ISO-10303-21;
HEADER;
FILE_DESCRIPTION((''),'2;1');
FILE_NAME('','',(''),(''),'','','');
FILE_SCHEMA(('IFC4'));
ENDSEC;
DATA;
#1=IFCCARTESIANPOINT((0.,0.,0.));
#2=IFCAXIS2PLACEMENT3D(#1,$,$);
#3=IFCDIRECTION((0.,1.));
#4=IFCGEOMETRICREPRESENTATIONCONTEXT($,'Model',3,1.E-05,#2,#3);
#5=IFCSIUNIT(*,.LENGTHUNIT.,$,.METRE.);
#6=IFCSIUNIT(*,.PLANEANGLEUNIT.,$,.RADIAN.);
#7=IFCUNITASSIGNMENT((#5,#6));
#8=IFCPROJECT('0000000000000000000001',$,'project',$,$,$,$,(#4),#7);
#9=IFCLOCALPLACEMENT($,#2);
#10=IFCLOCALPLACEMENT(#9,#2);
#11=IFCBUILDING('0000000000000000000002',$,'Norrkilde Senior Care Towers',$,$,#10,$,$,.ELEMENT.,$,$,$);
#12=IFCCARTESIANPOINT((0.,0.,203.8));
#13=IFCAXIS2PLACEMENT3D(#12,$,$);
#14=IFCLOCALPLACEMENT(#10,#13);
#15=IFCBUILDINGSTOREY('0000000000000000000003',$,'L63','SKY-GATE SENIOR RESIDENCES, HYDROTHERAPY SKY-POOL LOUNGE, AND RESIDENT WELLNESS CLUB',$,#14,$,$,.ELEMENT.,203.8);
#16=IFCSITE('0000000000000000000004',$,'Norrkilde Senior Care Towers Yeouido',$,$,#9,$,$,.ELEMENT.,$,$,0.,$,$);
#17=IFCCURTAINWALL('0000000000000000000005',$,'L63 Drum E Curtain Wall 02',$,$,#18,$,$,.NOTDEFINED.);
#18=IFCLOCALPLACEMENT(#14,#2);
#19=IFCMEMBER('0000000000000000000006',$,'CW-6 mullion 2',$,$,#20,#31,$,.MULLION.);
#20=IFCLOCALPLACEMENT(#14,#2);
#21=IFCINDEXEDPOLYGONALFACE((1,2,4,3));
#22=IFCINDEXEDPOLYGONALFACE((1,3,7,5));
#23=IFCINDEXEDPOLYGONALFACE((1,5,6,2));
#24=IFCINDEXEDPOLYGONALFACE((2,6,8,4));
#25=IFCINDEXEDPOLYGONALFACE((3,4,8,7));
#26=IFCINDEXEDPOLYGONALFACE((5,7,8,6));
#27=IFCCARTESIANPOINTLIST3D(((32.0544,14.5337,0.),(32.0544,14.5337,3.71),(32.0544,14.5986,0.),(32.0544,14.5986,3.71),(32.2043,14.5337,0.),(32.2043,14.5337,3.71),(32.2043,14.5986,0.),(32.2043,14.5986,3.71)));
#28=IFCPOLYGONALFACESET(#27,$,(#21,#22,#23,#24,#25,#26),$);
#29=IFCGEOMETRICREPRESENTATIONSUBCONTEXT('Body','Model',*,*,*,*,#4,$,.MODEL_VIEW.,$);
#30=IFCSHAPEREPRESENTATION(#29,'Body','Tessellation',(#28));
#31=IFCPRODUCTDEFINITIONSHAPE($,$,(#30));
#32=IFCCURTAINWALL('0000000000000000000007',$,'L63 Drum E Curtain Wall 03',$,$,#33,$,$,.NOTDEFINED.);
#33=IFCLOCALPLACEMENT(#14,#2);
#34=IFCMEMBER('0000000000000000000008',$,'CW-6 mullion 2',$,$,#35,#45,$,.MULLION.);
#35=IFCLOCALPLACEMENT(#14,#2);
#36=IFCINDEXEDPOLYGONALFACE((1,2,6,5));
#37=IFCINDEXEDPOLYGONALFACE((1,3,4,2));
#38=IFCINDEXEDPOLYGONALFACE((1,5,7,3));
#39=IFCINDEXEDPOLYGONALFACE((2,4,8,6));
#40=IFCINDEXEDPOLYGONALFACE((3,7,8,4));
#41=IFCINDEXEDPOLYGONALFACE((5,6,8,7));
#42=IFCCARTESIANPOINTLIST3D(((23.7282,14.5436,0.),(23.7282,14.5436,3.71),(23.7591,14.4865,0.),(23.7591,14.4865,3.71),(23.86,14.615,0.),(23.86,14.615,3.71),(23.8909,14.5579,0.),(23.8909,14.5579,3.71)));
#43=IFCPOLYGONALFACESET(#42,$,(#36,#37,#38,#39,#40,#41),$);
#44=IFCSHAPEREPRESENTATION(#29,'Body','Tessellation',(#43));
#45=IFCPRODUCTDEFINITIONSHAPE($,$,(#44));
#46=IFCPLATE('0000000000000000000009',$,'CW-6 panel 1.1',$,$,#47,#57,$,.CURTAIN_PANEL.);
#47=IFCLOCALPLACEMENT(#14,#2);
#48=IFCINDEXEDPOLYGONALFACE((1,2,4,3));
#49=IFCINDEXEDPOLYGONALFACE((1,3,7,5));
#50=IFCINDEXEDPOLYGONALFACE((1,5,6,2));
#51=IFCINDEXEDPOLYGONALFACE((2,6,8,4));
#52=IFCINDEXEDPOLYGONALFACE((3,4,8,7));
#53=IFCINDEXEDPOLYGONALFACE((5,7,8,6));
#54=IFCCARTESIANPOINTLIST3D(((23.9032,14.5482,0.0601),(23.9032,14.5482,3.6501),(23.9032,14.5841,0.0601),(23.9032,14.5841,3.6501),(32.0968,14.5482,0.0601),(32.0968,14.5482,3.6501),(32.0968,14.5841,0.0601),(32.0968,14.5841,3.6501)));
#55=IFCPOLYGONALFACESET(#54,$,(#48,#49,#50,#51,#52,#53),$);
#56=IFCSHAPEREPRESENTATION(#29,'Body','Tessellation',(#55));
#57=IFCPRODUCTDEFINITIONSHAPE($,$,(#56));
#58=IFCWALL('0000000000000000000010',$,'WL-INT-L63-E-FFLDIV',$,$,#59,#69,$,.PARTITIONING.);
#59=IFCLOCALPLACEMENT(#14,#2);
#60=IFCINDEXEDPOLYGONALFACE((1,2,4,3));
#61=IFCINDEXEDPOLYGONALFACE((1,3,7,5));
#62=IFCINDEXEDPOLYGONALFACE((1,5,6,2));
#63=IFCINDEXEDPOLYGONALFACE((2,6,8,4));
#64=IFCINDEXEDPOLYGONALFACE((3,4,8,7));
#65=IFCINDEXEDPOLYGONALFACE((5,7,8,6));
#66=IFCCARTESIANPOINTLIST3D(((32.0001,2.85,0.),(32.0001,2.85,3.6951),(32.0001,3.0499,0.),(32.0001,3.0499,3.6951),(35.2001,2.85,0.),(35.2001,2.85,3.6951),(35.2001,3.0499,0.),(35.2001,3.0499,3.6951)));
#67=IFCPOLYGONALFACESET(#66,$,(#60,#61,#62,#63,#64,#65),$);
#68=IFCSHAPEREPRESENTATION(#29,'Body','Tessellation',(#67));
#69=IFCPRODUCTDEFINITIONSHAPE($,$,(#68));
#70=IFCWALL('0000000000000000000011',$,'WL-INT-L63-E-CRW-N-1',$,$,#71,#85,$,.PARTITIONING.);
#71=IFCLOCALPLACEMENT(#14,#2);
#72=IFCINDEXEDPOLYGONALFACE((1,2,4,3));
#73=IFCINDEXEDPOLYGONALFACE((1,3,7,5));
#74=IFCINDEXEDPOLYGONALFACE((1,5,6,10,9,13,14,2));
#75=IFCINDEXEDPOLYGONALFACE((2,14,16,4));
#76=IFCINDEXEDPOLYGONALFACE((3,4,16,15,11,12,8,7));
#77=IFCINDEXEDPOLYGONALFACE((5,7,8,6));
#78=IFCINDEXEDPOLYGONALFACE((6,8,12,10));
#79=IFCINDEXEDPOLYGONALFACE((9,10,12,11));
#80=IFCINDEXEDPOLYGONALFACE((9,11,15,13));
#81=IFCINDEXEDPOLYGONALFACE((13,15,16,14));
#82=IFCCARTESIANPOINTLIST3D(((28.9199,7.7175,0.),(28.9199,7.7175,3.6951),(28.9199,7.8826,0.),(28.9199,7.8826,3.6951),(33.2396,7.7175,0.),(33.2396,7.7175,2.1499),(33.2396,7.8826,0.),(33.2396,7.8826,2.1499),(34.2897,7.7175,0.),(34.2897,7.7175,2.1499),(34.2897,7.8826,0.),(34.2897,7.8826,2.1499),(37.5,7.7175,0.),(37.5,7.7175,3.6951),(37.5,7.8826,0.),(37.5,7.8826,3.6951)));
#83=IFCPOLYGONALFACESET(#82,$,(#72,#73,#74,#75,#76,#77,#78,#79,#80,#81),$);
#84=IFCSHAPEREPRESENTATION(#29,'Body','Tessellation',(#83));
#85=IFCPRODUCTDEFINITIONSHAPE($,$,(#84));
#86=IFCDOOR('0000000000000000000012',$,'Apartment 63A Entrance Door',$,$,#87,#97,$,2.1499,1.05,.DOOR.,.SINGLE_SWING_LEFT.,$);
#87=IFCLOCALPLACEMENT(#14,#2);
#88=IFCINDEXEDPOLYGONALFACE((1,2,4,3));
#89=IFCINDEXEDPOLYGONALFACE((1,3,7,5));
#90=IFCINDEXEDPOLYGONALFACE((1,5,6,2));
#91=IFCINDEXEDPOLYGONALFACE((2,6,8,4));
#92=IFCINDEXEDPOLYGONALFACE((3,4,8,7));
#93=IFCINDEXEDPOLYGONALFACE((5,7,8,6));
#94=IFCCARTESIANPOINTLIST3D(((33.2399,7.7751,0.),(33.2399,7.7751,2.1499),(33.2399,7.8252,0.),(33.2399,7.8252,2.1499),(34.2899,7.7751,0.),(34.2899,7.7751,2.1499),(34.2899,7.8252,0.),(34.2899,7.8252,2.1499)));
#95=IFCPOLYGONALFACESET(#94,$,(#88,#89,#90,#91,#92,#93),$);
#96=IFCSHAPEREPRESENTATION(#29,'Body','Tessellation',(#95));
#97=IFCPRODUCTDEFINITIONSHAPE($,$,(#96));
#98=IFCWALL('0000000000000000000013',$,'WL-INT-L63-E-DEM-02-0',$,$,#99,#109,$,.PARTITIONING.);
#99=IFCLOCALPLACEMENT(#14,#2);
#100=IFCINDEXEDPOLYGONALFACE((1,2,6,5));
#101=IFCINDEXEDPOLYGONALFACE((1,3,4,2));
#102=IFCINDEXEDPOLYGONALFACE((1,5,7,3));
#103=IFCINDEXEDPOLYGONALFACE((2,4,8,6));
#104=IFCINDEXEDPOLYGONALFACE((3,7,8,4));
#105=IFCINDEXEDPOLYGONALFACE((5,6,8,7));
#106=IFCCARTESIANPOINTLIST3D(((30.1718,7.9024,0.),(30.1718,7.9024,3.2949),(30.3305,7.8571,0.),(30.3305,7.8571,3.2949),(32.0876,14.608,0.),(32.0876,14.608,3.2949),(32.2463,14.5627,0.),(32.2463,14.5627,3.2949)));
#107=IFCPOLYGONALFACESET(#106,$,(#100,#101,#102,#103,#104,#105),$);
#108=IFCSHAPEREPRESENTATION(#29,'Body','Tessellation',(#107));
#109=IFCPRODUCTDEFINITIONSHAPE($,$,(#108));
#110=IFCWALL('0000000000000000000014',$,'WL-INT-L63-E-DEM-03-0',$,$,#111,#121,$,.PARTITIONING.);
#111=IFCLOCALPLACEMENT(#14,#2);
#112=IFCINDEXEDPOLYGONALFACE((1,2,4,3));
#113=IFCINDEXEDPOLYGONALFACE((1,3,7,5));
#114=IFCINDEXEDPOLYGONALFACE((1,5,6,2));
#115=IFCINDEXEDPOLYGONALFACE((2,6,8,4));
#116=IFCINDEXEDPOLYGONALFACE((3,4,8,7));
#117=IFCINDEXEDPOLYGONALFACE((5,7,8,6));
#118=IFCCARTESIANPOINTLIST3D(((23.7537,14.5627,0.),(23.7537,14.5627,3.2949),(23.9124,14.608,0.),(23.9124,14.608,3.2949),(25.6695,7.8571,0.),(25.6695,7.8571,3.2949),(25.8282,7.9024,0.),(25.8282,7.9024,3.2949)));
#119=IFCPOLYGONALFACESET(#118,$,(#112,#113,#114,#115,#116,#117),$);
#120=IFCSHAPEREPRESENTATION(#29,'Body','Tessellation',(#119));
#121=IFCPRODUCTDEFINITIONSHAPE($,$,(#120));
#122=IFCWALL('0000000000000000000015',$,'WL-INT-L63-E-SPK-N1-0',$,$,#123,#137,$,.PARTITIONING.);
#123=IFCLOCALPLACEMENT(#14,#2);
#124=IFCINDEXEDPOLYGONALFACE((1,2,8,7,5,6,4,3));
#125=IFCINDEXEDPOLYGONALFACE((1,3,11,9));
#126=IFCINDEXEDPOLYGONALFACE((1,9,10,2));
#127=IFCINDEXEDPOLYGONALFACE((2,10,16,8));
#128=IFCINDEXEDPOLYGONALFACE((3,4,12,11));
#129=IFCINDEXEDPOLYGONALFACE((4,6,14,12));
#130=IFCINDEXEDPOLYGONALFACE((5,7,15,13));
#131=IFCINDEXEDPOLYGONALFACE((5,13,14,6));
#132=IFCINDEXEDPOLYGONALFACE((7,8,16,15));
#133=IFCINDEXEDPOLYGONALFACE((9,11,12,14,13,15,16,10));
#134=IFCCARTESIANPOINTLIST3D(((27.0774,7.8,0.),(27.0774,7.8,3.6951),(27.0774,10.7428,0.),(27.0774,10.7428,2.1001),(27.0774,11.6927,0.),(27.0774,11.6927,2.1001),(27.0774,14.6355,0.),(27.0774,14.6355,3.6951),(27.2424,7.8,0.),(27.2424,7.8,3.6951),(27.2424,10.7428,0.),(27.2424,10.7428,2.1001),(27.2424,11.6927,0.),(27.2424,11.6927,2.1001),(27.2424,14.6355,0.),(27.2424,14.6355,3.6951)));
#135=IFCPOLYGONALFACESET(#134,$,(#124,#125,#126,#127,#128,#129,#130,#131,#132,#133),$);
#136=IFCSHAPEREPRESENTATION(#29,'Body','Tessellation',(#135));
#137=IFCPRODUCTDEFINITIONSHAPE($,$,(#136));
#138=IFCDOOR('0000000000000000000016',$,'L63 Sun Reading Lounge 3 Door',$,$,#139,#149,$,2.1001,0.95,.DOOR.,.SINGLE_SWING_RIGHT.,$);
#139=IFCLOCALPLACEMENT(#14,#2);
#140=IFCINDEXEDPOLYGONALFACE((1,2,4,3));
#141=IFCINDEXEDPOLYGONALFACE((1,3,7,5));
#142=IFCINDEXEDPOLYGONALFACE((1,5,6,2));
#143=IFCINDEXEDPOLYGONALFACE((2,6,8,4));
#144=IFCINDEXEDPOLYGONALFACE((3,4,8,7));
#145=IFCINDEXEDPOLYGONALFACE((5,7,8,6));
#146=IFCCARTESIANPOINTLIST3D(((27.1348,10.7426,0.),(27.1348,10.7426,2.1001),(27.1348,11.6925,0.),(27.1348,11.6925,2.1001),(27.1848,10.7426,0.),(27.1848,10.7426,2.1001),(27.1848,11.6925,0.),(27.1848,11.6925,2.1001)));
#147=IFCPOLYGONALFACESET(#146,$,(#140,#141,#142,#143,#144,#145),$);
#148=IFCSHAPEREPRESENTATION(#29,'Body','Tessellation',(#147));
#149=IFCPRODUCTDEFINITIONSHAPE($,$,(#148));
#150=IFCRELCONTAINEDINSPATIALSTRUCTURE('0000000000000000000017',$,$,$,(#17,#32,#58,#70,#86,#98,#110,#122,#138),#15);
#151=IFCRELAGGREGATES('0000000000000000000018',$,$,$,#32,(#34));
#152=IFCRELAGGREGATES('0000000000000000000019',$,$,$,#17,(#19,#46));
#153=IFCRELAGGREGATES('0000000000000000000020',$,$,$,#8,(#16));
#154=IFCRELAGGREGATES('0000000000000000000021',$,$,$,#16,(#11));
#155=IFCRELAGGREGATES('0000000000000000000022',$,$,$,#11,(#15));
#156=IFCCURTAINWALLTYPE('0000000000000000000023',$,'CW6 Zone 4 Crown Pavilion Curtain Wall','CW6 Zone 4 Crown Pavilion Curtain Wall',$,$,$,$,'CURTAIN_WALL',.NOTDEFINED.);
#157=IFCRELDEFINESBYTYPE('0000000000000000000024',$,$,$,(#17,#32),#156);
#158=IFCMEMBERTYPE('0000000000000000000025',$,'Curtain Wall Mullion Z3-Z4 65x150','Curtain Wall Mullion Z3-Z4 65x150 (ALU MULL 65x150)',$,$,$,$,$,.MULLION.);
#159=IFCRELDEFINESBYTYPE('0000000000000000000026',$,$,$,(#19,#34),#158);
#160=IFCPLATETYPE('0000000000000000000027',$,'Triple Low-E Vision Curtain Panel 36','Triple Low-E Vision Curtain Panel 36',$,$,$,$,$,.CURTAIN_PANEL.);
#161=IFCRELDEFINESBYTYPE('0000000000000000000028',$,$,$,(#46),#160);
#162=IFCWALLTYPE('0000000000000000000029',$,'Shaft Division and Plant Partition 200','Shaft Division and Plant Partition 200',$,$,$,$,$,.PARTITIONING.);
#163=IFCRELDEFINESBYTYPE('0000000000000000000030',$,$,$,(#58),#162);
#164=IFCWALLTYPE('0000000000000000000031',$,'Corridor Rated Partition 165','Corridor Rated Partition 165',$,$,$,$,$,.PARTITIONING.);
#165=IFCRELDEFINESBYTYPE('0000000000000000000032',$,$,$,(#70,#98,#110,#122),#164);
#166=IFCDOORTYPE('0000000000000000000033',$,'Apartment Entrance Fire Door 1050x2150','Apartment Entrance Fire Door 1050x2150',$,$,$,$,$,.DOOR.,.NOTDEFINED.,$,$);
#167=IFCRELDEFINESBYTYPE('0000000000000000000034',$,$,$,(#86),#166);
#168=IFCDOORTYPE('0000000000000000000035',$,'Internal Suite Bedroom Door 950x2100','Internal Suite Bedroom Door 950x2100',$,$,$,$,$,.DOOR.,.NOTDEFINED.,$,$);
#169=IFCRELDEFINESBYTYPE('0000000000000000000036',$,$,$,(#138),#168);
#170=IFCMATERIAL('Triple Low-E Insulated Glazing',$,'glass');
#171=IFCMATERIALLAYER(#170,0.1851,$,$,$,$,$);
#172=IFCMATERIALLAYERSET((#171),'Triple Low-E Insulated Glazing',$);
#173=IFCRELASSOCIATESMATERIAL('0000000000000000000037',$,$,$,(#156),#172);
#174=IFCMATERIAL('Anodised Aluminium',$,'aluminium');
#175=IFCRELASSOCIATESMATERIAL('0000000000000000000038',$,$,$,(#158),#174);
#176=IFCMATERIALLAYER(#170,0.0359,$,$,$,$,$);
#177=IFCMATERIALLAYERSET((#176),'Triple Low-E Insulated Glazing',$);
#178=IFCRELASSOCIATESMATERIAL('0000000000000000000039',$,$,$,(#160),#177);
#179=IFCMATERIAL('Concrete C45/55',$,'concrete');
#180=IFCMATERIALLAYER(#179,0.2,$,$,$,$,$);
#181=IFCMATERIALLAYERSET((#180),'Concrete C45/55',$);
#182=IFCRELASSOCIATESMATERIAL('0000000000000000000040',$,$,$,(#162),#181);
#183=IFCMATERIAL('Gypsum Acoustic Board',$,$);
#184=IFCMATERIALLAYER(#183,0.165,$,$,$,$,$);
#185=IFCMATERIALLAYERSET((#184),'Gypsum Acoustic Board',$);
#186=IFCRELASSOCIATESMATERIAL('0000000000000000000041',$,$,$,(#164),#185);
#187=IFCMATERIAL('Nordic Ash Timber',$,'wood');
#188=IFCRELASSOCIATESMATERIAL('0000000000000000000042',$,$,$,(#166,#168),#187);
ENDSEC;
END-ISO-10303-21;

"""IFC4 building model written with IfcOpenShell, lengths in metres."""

from ifc_helpers import new_model, si_unit, direction, frame, frame_2d, origin, origin_2d, place, context, subcontext, project, spatial, rectangle, extrude, source, transform, mapped, material, layer, layer_set, material_profile, profile_set, type_object, type_shapes, element, fill, aggregate, save


model = new_model("IFC4")

# Units and contexts
model_context = context("Model", 3, precision=1e-05, world=origin(), true_north=direction((0.0, 1.0)))
body_context = subcontext(model_context, "Body", "Model", "MODEL_VIEW")
ifc_project = project(units=[si_unit("LENGTHUNIT", "METRE"), si_unit("PLANEANGLEUNIT", "RADIAN")], contexts=[model_context])

# Site, building, storey
site_placement = place(None, origin())
site = spatial("IfcSite", under=ifc_project, at=site_placement, Name="Norrkilde Senior Care Towers Yeouido", CompositionType="ELEMENT", RefElevation=0.0)
building_placement = place(site_placement, origin())
building = spatial("IfcBuilding", under=site, at=building_placement, Name="Norrkilde Senior Care Towers", CompositionType="ELEMENT")
storey_placement = place(building_placement, frame((0.0, 0.0, 203.8)))
storey = spatial("IfcBuildingStorey", under=building, at=storey_placement, Name="L63", Description="SKY-GATE SENIOR RESIDENCES, HYDROTHERAPY SKY-POOL LOUNGE, AND RESIDENT WELLNESS CLUB", CompositionType="ELEMENT", Elevation=203.8)

# Curtain wall, member
ifc_material_1 = material(Name="Triple Low-E Insulated Glazing", Category="glass")
ifc_layer_1 = layer(ifc_material_1, 0.1851)
ifc_layer_set_1 = layer_set([ifc_layer_1], Name="Triple Low-E Insulated Glazing")
curtain_wall_type = type_object("IfcCurtainWallType", Name="CW6 Zone 4 Crown Pavilion Curtain Wall", Description="CW6 Zone 4 Crown Pavilion Curtain Wall", ElementType="CURTAIN_WALL", PredefinedType="NOTDEFINED", material=ifc_layer_set_1)
curtain_wall_1_placement = place(storey_placement, origin())
curtain_wall_1 = element("IfcCurtainWall", 1, at=curtain_wall_1_placement, inside=storey, type_object=curtain_wall_type, Name="L63 Drum E Curtain Wall 02", PredefinedType="NOTDEFINED")
ifc_material_2 = material(Name="Anodised Aluminium", Category="aluminium")
ifc_material_profile_1 = material_profile(ifc_material_2, rectangle(XDim=0.0649, YDim=0.1499, at=origin_2d()), Name="ALU MULL 65x150")
ifc_profile_set_1 = profile_set([ifc_material_profile_1], Name="Anodised Aluminium")
member_type_1 = type_object("IfcMemberType", Name="Curtain Wall Mullion Z3-Z4 65x150", Description="Curtain Wall Mullion Z3-Z4 65x150 (ALU MULL 65x150)", PredefinedType="MULLION", material=ifc_profile_set_1)
shared_shape_1 = source(origin(), body_context, "Body", "SweptSolid", [
    extrude(rectangle(XDim=0.0649, YDim=0.1499, at=origin_2d()), origin(), (0.0, 0.0, 1.0), 3.71),
])
type_shapes(member_type_1, [shared_shape_1])
member_1_placement = place(storey_placement, frame((32.1294, 14.5662, 0.0), z_axis=(0.0, 0.0, 1.0), x_axis=(0.0, 1.0, 0.0)))
member_1 = element("IfcMember", 2, at=member_1_placement, type_object=member_type_1, Name="CW-6 mullion 2", PredefinedType="MULLION", context=body_context, shape_type="MappedRepresentation", body=[
    mapped(shared_shape_1, transform((0.0, 0.0, 0.0), x_axis=(1.0, 0.0, 0.0), y_axis=(0.0, 1.0, 0.0), z_axis=(0.0, 0.0, 1.0), scale=1.0)),
])

# Curtain wall, member
curtain_wall_2_placement = place(storey_placement, origin())
curtain_wall_2 = element("IfcCurtainWall", 3, at=curtain_wall_2_placement, inside=storey, type_object=curtain_wall_type, Name="L63 Drum E Curtain Wall 03", PredefinedType="NOTDEFINED")
member_2_placement = place(storey_placement, frame((23.8096, 14.5508, 0.0), z_axis=(0.0, 0.0, 1.0), x_axis=(-0.476133, 0.879373, 0.0)))
member_2 = element("IfcMember", 4, at=member_2_placement, type_object=member_type_1, Name="CW-6 mullion 2", PredefinedType="MULLION", context=body_context, shape_type="MappedRepresentation", body=[
    mapped(shared_shape_1, transform((0.0, 0.0, 0.0), x_axis=(1.0, 0.0, 0.0), y_axis=(0.0, 1.0, 0.0), z_axis=(0.0, 0.0, 1.0), scale=1.0)),
])
aggregate(curtain_wall_2, [member_2])

# Plate
ifc_layer_2 = layer(ifc_material_1, 0.0359)
ifc_layer_set_2 = layer_set([ifc_layer_2], Name="Triple Low-E Insulated Glazing")
plate_type = type_object("IfcPlateType", Name="Triple Low-E Vision Curtain Panel 36", Description="Triple Low-E Vision Curtain Panel 36", PredefinedType="CURTAIN_PANEL", material=ifc_layer_set_2)
shared_shape_2 = source(origin(), body_context, "Body", "SweptSolid", [
    extrude(rectangle(XDim=8.1936, YDim=0.0359, at=origin_2d()), origin(), (0.0, 0.0, 1.0), 3.5901),
])
type_shapes(plate_type, [shared_shape_2])
plate_placement = place(storey_placement, frame((28.0, 14.5662, 0.0601), z_axis=(0.0, 0.0, 1.0), x_axis=(1.0, 0.0, 0.0)))
plate = element("IfcPlate", 5, at=plate_placement, type_object=plate_type, Name="CW-6 panel 1.1", PredefinedType="CURTAIN_PANEL", context=body_context, shape_type="MappedRepresentation", body=[
    mapped(shared_shape_2, transform((0.0, 0.0, 0.0), x_axis=(1.0, 0.0, 0.0), y_axis=(0.0, 1.0, 0.0), z_axis=(0.0, 0.0, 1.0), scale=1.0)),
])
aggregate(curtain_wall_1, [member_1, plate])

# Shared definitions
ifc_material_3 = material(Name="Concrete C45/55", Category="concrete")

# Wall
ifc_layer_3 = layer(ifc_material_3, 0.2)
ifc_layer_set_3 = layer_set([ifc_layer_3], Name="Concrete C45/55")
wall_type_1 = type_object("IfcWallType", Name="Shaft Division and Plant Partition 200", Description="Shaft Division and Plant Partition 200", PredefinedType="PARTITIONING", material=ifc_layer_set_3)
shared_shape_3 = source(origin(), body_context, "Body", "SweptSolid", [
    extrude(rectangle(XDim=3.2, YDim=0.2, at=frame_2d((1.6001, 0.0))), origin(), (0.0, 0.0, 1.0), 3.6951),
])
type_shapes(wall_type_1, [shared_shape_3])
wall_1_placement = place(storey_placement, frame((32.0, 2.95, 0.0), z_axis=(0.0, 0.0, 1.0), x_axis=(1.0, 0.0, 0.0)))
element("IfcWall", 6, at=wall_1_placement, inside=storey, type_object=wall_type_1, Name="WL-INT-L63-E-FFLDIV", PredefinedType="PARTITIONING", context=body_context, shape_type="MappedRepresentation", body=[
    mapped(shared_shape_3, transform((0.0, 0.0, 0.0), x_axis=(1.0, 0.0, 0.0), y_axis=(0.0, 1.0, 0.0), z_axis=(0.0, 0.0, 1.0), scale=1.0)),
])

# Wall, opening, door
ifc_material_4 = material(Name="Gypsum Acoustic Board")
ifc_layer_4 = layer(ifc_material_4, 0.165)
ifc_layer_set_4 = layer_set([ifc_layer_4], Name="Gypsum Acoustic Board")
wall_type_2 = type_object("IfcWallType", Name="Corridor Rated Partition 165", Description="Corridor Rated Partition 165", PredefinedType="PARTITIONING", material=ifc_layer_set_4)
shared_shape_4 = source(origin(), body_context, "Body", "SweptSolid", [
    extrude(rectangle(XDim=8.5801, YDim=0.165, at=frame_2d((4.29, 0.0))), origin(), (0.0, 0.0, 1.0), 3.6951),
])
wall_2_placement = place(storey_placement, frame((28.9199, 7.8, 0.0), z_axis=(0.0, 0.0, 1.0), x_axis=(1.0, 0.0, 0.0)))
wall_2 = element("IfcWall", 7, at=wall_2_placement, inside=storey, type_object=wall_type_2, Name="WL-INT-L63-E-CRW-N-1", PredefinedType="PARTITIONING", context=body_context, shape_type="MappedRepresentation", body=[
    mapped(shared_shape_4, transform((0.0, 0.0, 0.0), x_axis=(1.0, 0.0, 0.0), y_axis=(0.0, 1.0, 0.0), z_axis=(0.0, 0.0, 1.0), scale=1.0)),
])
opening_1_placement = place(wall_2_placement, frame((4.3198, 0.0, 0.0)))
opening_1 = element("IfcOpeningElement", 8, at=opening_1_placement, cuts=wall_2, PredefinedType="OPENING", context=body_context, shape_type="SweptSolid", body=[
    extrude(rectangle(XDim=1.05, YDim=2.1499, at=frame_2d((0.5249, 1.075))), frame((0.0, 0.0925, 0.0), z_axis=(0.0, -1.0, 0.0), x_axis=(1.0, 0.0, 0.0)), (0.0, 0.0, 1.0), 0.1851),
])
ifc_material_5 = material(Name="Nordic Ash Timber", Category="wood")
door_type_1 = type_object("IfcDoorType", Name="Apartment Entrance Fire Door 1050x2150", Description="Apartment Entrance Fire Door 1050x2150", OperationType="NOTDEFINED", PredefinedType="DOOR", material=ifc_material_5)
shared_shape_5 = source(origin(), body_context, "Body", "SweptSolid", [
    extrude(rectangle(XDim=1.05, YDim=2.1499, at=frame_2d((0.5249, 1.075))), frame((0.0, 0.0249, 0.0), z_axis=(0.0, -1.0, 0.0), x_axis=(1.0, 0.0, 0.0)), (0.0, 0.0, 1.0), 0.05),
])
type_shapes(door_type_1, [shared_shape_5])
door_1_placement = place(opening_1_placement, frame((1.05, 0.0, 0.0), z_axis=(0.0, 0.0, 1.0), x_axis=(-1.0, 0.0, 0.0)))
door_1 = element("IfcDoor", 9, at=door_1_placement, inside=storey, type_object=door_type_1, Name="Apartment 63A Entrance Door", OperationType="SINGLE_SWING_LEFT", OverallHeight=2.1499, OverallWidth=1.05, PredefinedType="DOOR", context=body_context, shape_type="MappedRepresentation", body=[
    mapped(shared_shape_5, transform((0.0, 0.0, 0.0), x_axis=(1.0, 0.0, 0.0), y_axis=(0.0, 1.0, 0.0), z_axis=(0.0, 0.0, 1.0), scale=1.0)),
])
fill(opening_1, door_1)

# Walls
shared_shape_6 = source(origin(), body_context, "Body", "SweptSolid", [
    extrude(rectangle(XDim=6.9739, YDim=0.165, at=frame_2d((3.4868, 0.0))), origin(), (0.0, 0.0, 1.0), 3.2949),
])
for number, where, z_axis, x_axis, name in (
    (10, (30.2512, 7.8799, 0.0), (0.0, 0.0, 1.0), (0.274707, 0.961528, 0.0), "WL-INT-L63-E-DEM-02-0"),
    (11, (25.7488, 7.8799, 0.0), (0.0, 0.0, 1.0), (-0.274707, 0.961528, 0.0), "WL-INT-L63-E-DEM-03-0"),
):
    element("IfcWall", number, at=place(storey_placement, frame(where, z_axis=z_axis, x_axis=x_axis)), inside=storey, type_object=wall_type_2, Name=name, PredefinedType="PARTITIONING", context=body_context, shape_type="MappedRepresentation", body=[
        mapped(shared_shape_6, transform((0.0, 0.0, 0.0), x_axis=(1.0, 0.0, 0.0), y_axis=(0.0, 1.0, 0.0), z_axis=(0.0, 0.0, 1.0), scale=1.0)),
    ])

# Wall, opening, door
shared_shape_7 = source(origin(), body_context, "Body", "SweptSolid", [
    extrude(rectangle(XDim=6.8354, YDim=0.165, at=frame_2d((3.4177, 0.0))), origin(), (0.0, 0.0, 1.0), 3.6951),
])
type_shapes(wall_type_2, [shared_shape_4, shared_shape_6, shared_shape_7])
wall_3_placement = place(storey_placement, frame((27.1599, 7.8, 0.0), z_axis=(0.0, 0.0, 1.0), x_axis=(0.0, 1.0, 0.0)))
wall_3 = element("IfcWall", 12, at=wall_3_placement, inside=storey, type_object=wall_type_2, Name="WL-INT-L63-E-SPK-N1-0", PredefinedType="PARTITIONING", context=body_context, shape_type="MappedRepresentation", body=[
    mapped(shared_shape_7, transform((0.0, 0.0, 0.0), x_axis=(1.0, 0.0, 0.0), y_axis=(0.0, 1.0, 0.0), z_axis=(0.0, 0.0, 1.0), scale=1.0)),
])
opening_2_placement = place(wall_3_placement, frame((2.9426, 0.0, 0.0)))
opening_2 = element("IfcOpeningElement", 13, at=opening_2_placement, cuts=wall_3, PredefinedType="OPENING", context=body_context, shape_type="SweptSolid", body=[
    extrude(rectangle(XDim=0.95, YDim=2.1001, at=frame_2d((0.4751, 1.05))), frame((0.0, 0.0925, 0.0), z_axis=(0.0, -1.0, 0.0), x_axis=(1.0, 0.0, 0.0)), (0.0, 0.0, 1.0), 0.1851),
])
door_type_2 = type_object("IfcDoorType", Name="Internal Suite Bedroom Door 950x2100", Description="Internal Suite Bedroom Door 950x2100", OperationType="NOTDEFINED", PredefinedType="DOOR", material=ifc_material_5)
shared_shape_8 = source(origin(), body_context, "Body", "SweptSolid", [
    extrude(rectangle(XDim=0.95, YDim=2.1001, at=frame_2d((0.4751, 1.05))), frame((0.0, 0.0249, 0.0), z_axis=(0.0, -1.0, 0.0), x_axis=(1.0, 0.0, 0.0)), (0.0, 0.0, 1.0), 0.05),
])
type_shapes(door_type_2, [shared_shape_8])
door_2_placement = place(opening_2_placement, frame((0.95, 0.0, 0.0), z_axis=(0.0, 0.0, 1.0), x_axis=(-1.0, 0.0, 0.0)))
door_2 = element("IfcDoor", 14, at=door_2_placement, inside=storey, type_object=door_type_2, Name="L63 Sun Reading Lounge 3 Door", OperationType="SINGLE_SWING_RIGHT", OverallHeight=2.1001, OverallWidth=0.95, PredefinedType="DOOR", context=body_context, shape_type="MappedRepresentation", body=[
    mapped(shared_shape_8, transform((0.0, 0.0, 0.0), x_axis=(1.0, 0.0, 0.0), y_axis=(0.0, 1.0, 0.0), z_axis=(0.0, 0.0, 1.0), scale=1.0)),
])
fill(opening_2, door_2)

save(model, "model.ifc")
